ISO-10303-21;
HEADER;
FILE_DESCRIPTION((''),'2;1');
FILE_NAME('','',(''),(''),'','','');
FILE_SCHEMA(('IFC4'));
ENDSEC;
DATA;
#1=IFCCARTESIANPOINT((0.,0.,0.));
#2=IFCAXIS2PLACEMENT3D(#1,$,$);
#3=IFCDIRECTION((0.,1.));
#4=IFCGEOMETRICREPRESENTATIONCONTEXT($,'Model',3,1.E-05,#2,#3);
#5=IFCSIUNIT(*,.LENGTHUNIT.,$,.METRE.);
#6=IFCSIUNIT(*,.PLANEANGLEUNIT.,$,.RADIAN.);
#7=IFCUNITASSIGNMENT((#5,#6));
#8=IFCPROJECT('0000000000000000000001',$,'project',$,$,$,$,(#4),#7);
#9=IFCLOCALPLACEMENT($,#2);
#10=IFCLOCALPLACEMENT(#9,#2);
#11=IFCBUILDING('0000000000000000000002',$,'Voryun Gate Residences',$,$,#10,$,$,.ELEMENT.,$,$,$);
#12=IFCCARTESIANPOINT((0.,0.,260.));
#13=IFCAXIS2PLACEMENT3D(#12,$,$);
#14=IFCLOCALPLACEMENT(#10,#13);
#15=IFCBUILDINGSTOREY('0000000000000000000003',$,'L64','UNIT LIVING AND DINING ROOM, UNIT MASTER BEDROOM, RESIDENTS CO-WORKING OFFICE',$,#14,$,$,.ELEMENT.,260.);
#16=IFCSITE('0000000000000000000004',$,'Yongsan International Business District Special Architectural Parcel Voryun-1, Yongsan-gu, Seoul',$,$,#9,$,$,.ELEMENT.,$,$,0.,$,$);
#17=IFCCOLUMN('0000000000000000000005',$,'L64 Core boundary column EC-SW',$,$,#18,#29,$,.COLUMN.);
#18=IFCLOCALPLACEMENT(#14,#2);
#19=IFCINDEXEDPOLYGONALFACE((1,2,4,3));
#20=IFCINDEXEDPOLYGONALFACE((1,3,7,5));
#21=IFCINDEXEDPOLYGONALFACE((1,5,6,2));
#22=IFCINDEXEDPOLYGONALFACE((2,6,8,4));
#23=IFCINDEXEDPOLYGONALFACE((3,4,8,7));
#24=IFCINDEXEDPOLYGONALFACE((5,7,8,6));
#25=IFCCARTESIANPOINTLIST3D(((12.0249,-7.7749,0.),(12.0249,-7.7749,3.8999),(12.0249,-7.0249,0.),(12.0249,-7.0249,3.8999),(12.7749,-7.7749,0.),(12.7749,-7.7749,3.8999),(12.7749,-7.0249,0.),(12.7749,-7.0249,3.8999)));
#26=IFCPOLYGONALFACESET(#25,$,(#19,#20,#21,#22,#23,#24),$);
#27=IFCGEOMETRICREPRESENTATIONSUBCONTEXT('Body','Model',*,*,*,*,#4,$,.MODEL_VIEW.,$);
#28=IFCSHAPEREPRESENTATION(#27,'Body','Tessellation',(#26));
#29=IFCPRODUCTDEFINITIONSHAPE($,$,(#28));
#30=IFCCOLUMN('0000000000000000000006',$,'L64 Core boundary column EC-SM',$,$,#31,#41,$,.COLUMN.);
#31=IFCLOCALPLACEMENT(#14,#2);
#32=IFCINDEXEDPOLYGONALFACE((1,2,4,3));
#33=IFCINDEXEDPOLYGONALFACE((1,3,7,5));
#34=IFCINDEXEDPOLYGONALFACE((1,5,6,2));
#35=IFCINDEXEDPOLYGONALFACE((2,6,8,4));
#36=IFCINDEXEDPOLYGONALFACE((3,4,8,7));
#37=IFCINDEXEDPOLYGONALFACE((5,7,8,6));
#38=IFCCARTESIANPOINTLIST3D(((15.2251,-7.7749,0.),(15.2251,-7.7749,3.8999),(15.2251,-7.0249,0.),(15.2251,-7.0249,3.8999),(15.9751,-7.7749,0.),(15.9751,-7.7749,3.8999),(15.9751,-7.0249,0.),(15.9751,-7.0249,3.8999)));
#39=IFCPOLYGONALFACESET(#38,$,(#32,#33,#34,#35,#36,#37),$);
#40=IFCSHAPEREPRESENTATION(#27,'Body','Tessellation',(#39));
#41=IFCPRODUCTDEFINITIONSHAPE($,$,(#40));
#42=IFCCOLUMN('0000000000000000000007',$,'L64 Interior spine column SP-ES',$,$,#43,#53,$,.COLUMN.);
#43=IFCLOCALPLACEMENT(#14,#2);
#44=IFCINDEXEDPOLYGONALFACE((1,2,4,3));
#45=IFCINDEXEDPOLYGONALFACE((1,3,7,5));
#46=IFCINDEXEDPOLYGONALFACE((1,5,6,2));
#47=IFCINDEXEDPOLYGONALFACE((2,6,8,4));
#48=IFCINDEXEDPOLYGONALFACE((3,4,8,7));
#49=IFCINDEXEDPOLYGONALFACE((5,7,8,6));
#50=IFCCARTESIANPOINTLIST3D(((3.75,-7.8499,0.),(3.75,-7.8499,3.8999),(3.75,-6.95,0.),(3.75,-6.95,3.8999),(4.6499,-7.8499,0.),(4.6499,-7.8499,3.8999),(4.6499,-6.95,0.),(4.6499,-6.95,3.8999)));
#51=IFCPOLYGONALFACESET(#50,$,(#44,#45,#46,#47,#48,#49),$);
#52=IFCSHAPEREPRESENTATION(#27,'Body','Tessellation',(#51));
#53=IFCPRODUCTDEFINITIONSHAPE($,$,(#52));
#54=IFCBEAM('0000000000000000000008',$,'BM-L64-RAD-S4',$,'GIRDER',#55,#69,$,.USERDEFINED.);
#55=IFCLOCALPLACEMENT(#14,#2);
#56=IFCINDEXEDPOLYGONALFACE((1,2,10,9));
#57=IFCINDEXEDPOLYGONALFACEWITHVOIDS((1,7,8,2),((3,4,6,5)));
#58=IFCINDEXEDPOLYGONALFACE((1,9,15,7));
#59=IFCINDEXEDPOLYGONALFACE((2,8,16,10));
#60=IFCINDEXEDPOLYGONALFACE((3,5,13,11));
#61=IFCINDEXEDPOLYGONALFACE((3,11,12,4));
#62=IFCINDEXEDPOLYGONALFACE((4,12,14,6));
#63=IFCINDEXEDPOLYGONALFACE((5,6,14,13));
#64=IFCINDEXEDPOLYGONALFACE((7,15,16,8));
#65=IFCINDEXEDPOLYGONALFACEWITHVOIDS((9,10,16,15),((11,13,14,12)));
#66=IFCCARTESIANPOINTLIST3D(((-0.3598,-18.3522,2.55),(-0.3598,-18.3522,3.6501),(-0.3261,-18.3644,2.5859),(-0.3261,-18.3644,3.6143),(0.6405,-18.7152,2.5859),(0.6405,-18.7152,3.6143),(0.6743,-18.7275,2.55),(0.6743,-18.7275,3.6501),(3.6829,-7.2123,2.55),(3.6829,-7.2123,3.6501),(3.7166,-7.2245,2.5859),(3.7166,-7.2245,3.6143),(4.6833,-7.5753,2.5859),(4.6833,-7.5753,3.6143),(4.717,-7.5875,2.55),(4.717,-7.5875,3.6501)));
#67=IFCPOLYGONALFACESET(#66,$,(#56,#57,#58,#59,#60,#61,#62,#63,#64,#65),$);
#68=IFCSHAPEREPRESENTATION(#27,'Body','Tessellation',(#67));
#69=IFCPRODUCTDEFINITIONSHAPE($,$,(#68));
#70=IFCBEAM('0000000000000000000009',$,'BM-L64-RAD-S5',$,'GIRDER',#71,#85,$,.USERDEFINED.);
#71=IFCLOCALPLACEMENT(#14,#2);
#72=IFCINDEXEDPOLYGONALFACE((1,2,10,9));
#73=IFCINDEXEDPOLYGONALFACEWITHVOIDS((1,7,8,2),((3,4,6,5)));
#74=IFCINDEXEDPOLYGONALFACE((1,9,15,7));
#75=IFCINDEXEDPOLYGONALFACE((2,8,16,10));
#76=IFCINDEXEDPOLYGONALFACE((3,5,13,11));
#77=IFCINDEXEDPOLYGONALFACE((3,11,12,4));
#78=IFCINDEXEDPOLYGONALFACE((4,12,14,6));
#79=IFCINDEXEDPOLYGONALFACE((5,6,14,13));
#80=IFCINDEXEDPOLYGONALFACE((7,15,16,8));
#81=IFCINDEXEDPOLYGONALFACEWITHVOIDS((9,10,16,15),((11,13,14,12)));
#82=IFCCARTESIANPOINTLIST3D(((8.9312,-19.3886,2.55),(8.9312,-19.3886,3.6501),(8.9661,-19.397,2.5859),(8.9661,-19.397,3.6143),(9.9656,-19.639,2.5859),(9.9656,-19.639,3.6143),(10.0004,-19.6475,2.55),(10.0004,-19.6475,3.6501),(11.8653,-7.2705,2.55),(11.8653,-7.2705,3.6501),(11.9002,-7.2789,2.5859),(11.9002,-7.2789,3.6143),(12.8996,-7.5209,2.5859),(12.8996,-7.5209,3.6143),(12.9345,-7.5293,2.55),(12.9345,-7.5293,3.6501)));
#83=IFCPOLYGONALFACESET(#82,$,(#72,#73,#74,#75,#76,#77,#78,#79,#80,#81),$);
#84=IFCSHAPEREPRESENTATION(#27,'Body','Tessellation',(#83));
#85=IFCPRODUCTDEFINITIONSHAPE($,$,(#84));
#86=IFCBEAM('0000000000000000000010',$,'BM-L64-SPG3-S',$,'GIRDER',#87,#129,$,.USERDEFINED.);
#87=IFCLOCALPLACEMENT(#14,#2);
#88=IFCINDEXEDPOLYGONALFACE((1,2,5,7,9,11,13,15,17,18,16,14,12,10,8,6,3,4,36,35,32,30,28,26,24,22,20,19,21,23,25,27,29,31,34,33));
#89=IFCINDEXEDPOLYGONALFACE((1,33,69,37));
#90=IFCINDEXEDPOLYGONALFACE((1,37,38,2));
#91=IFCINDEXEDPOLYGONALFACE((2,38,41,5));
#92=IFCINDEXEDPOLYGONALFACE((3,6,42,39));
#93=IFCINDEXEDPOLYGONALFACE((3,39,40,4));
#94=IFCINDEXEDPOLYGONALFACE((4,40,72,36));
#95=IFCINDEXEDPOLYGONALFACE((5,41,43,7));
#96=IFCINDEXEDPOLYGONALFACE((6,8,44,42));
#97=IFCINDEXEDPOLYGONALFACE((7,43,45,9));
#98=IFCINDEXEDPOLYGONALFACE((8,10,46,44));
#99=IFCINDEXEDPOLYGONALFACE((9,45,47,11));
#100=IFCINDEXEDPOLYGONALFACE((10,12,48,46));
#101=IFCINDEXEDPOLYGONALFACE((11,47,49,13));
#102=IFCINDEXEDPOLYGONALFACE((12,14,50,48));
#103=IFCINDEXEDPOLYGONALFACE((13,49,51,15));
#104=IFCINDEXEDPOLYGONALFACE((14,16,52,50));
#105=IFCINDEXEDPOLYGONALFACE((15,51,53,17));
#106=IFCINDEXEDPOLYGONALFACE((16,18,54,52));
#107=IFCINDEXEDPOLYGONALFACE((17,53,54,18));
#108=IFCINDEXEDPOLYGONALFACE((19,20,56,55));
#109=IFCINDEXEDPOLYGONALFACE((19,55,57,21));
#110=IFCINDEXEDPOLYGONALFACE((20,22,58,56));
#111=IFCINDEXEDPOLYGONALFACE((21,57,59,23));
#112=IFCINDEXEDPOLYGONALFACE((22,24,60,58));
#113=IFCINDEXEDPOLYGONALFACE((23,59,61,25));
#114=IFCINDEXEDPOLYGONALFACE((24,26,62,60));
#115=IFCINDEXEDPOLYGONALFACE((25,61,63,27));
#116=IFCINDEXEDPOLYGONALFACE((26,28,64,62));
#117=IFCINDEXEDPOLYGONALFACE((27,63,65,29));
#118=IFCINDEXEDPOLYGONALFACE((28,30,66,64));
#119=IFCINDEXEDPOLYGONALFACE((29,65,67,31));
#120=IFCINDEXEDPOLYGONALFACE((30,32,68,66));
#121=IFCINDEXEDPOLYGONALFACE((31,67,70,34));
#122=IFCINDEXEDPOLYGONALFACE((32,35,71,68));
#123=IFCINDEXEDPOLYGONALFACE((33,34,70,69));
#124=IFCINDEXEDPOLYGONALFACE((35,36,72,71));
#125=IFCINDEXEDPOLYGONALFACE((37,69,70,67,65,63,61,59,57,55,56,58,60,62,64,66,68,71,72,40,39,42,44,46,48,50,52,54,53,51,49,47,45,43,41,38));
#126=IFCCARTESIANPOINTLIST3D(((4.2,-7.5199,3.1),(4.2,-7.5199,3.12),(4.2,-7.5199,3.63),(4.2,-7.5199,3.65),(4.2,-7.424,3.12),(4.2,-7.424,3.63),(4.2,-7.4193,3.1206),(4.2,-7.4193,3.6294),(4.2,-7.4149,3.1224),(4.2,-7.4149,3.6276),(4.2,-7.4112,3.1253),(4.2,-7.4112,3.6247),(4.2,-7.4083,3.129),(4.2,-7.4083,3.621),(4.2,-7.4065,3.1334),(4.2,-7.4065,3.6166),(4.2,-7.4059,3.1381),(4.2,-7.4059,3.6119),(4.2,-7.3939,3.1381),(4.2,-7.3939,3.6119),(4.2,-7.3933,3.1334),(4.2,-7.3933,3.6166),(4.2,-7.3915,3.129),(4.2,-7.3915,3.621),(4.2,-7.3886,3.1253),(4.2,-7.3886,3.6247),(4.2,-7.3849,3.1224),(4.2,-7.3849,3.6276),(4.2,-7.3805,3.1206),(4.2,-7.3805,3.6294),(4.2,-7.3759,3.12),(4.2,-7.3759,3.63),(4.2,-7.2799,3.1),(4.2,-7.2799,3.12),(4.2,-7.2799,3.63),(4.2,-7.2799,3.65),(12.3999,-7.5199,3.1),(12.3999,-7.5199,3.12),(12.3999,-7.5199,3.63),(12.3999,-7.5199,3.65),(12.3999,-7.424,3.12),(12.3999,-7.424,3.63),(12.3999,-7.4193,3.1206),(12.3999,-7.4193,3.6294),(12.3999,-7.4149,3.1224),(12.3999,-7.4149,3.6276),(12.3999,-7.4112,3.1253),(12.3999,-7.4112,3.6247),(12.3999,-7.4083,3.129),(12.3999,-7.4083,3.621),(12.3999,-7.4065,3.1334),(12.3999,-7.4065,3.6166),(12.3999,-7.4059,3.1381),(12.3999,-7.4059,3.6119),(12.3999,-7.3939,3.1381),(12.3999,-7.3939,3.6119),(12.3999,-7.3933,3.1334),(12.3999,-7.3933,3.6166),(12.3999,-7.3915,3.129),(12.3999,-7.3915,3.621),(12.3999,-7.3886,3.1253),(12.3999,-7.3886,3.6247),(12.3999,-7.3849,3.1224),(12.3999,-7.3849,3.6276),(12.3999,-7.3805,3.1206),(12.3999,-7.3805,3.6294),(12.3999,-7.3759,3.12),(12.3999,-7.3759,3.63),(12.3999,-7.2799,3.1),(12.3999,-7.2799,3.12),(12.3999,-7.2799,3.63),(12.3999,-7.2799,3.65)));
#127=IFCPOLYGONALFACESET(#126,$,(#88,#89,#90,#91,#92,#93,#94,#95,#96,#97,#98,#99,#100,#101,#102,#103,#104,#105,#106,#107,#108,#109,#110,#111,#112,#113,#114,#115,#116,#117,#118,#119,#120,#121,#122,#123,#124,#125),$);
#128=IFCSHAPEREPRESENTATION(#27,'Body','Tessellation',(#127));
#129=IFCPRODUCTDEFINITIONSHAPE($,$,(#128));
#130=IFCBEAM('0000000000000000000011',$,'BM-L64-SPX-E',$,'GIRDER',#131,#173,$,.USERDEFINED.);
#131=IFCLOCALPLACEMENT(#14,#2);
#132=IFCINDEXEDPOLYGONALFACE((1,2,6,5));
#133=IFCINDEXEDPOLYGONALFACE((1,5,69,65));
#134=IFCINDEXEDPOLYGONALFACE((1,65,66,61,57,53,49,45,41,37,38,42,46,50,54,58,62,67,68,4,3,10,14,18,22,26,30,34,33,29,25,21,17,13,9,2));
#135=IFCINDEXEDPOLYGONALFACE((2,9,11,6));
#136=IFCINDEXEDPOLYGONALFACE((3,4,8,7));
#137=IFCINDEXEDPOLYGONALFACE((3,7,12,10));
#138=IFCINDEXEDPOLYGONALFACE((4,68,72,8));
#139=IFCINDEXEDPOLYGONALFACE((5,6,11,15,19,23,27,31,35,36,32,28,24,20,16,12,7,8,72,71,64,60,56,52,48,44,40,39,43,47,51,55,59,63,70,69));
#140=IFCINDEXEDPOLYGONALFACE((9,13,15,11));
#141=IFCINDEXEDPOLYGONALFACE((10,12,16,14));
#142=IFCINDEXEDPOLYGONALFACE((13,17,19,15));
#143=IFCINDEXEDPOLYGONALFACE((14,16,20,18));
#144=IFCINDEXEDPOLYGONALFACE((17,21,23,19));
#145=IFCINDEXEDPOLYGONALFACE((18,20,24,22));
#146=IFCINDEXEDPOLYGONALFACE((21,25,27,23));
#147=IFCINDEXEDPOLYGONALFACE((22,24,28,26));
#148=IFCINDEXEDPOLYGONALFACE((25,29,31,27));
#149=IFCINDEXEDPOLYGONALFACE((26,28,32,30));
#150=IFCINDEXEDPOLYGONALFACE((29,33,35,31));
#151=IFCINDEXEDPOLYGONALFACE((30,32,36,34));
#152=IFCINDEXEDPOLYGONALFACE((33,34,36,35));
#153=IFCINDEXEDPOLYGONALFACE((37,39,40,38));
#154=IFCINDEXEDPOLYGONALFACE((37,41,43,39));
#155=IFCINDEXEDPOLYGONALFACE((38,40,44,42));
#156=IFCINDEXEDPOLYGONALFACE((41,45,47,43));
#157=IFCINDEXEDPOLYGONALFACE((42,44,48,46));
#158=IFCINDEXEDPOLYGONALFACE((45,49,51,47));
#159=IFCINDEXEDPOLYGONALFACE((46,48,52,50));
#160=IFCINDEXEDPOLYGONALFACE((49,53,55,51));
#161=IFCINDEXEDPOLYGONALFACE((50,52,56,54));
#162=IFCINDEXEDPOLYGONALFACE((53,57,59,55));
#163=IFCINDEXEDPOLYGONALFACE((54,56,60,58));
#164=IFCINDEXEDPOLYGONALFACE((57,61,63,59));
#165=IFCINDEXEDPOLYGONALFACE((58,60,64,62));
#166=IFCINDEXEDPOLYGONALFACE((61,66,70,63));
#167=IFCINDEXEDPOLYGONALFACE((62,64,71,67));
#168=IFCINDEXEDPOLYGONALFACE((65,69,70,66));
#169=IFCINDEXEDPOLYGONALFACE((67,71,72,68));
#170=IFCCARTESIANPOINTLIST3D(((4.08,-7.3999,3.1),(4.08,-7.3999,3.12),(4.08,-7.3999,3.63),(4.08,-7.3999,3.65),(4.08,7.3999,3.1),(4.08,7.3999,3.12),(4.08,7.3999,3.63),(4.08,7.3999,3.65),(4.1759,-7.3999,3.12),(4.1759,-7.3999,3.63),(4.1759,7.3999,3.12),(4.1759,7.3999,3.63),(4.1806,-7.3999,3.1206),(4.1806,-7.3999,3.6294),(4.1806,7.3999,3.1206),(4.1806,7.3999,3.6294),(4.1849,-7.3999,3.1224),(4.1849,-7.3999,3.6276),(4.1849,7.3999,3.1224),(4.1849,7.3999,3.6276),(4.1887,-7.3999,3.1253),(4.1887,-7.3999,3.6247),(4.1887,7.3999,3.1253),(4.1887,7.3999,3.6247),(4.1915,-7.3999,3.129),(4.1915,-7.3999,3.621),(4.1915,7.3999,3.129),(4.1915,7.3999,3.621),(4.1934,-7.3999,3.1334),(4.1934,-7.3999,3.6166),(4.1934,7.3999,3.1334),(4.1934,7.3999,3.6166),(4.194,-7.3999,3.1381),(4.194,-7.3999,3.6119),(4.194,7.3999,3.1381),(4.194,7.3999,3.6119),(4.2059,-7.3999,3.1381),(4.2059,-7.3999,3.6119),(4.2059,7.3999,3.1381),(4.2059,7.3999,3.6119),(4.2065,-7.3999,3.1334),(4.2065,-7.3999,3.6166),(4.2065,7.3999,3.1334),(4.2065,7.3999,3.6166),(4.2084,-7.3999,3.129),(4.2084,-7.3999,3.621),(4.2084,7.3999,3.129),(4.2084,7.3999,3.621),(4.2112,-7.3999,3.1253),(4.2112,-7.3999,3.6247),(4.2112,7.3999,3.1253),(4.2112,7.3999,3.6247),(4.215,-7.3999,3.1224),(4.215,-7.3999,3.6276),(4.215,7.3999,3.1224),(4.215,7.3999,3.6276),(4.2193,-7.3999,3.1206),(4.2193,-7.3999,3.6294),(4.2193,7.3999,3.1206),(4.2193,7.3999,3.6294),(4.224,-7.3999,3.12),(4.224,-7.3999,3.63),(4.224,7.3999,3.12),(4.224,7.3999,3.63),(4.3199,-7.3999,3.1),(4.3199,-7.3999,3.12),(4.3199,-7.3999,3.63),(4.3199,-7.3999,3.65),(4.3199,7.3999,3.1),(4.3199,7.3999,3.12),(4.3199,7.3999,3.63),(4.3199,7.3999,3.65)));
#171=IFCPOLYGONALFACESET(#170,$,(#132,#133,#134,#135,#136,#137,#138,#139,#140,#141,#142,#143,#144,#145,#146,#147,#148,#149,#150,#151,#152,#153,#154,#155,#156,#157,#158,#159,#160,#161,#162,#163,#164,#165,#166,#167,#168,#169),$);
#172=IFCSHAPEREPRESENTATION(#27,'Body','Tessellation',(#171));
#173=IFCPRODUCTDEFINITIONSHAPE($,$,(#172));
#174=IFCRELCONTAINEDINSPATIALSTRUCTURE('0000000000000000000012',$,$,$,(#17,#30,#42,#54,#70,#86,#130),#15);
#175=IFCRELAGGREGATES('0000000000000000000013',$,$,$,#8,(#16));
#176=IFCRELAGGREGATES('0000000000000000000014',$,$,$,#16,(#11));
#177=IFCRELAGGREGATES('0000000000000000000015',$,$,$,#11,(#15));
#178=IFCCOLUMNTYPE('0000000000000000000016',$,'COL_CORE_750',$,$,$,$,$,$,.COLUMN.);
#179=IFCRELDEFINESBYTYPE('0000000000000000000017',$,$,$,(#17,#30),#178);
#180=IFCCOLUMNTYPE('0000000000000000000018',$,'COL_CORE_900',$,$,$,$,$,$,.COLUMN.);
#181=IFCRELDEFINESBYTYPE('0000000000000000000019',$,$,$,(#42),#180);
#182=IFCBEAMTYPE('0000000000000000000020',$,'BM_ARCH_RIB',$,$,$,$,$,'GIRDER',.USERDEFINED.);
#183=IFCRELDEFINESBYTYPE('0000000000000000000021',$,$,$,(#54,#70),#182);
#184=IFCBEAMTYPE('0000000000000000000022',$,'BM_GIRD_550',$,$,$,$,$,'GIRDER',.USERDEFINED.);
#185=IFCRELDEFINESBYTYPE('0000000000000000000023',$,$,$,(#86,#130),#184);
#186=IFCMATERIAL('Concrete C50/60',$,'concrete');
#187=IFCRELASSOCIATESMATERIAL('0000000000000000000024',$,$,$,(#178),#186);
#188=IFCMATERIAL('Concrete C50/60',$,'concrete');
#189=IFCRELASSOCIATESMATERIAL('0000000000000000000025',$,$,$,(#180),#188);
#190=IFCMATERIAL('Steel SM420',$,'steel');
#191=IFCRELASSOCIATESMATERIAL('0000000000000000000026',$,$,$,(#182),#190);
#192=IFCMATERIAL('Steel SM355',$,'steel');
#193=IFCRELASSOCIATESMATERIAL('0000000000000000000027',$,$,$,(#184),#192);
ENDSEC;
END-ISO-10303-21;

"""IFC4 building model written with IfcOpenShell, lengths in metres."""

from ifc_helpers import new_model, si_unit, direction, frame, origin, origin_2d, place, context, subcontext, project, spatial, rectangle, hollow_rectangle, i_section, extrude, material, material_profile, profile_set, type_object, element, save


model = new_model("IFC4")

# Units and contexts
model_context = context("Model", 3, precision=1e-05, world=origin(), true_north=direction((0.0, 1.0)))
body_context = subcontext(model_context, "Body", "Model", "MODEL_VIEW")
ifc_project = project(units=[si_unit("LENGTHUNIT", "METRE"), si_unit("PLANEANGLEUNIT", "RADIAN")], contexts=[model_context])

# Site, building, storey
site_placement = place(None, origin())
site = spatial("IfcSite", under=ifc_project, at=site_placement, Name="Yongsan International Business District Special Architectural Parcel Voryun-1, Yongsan-gu, Seoul", CompositionType="ELEMENT", RefElevation=0.0)
building_placement = place(site_placement, origin())
building = spatial("IfcBuilding", under=site, at=building_placement, Name="Voryun Gate Residences", CompositionType="ELEMENT")
storey_placement = place(building_placement, frame((0.0, 0.0, 260.0)))
storey = spatial("IfcBuildingStorey", under=building, at=storey_placement, Name="L64", Description="UNIT LIVING AND DINING ROOM, UNIT MASTER BEDROOM, RESIDENTS CO-WORKING OFFICE", CompositionType="ELEMENT", Elevation=260.0)

# Columns
ifc_material_1 = material(Name="Concrete C50/60", Category="concrete")
ifc_material_profile_1 = material_profile(ifc_material_1, rectangle(XDim=0.75, YDim=0.75, at=origin_2d()), Name="RC-750x750")
ifc_profile_set_1 = profile_set([ifc_material_profile_1], Name="Concrete C50/60")
column_type_1 = type_object("IfcColumnType", Name="COL_CORE_750", PredefinedType="COLUMN", material=ifc_profile_set_1)
for number, where, z_axis, x_axis, name in (
    (1, (12.3999, -7.3999, 0.0), (0.0, 0.0, 1.0), (1.0, 0.0, 0.0), "L64 Core boundary column EC-SW"),
    (2, (15.6001, -7.3999, 0.0), (0.0, 0.0, 1.0), (1.0, 0.0, 0.0), "L64 Core boundary column EC-SM"),
):
    element("IfcColumn", number, at=place(storey_placement, frame(where, z_axis=z_axis, x_axis=x_axis)), inside=storey, type_object=column_type_1, Name=name, PredefinedType="COLUMN", context=body_context, shape_type="SweptSolid", body=[
        extrude(rectangle(XDim=0.75, YDim=0.75, at=origin_2d()), origin(), (0.0, 0.0, 1.0), 3.8999),
    ])
ifc_material_2 = material(Name="Concrete C50/60", Category="concrete")
ifc_material_profile_2 = material_profile(ifc_material_2, rectangle(XDim=0.8999, YDim=0.8999, at=origin_2d()), Name="RC-900x900")
ifc_profile_set_2 = profile_set([ifc_material_profile_2], Name="Concrete C50/60")
column_type_2 = type_object("IfcColumnType", Name="COL_CORE_900", PredefinedType="COLUMN", material=ifc_profile_set_2)
column_placement = place(storey_placement, frame((4.2, -7.3999, 0.0), z_axis=(0.0, 0.0, 1.0), x_axis=(1.0, 0.0, 0.0)))
element("IfcColumn", 3, at=column_placement, inside=storey, type_object=column_type_2, Name="L64 Interior spine column SP-ES", PredefinedType="COLUMN", context=body_context, shape_type="SweptSolid", body=[
    extrude(rectangle(XDim=0.8999, YDim=0.8999, at=origin_2d()), origin(), (0.0, 0.0, 1.0), 3.8999),
])

# Beams
ifc_material_3 = material(Name="Steel SM420", Category="steel")
ifc_material_profile_3 = material_profile(ifc_material_3, hollow_rectangle(XDim=1.1001, YDim=1.1001, WallThickness=0.0359, at=origin_2d()), Name="BOX-1100x1100x36")
ifc_profile_set_3 = profile_set([ifc_material_profile_3], Name="Steel SM420")
beam_type_1 = type_object("IfcBeamType", Name="BM_ARCH_RIB", ElementType="GIRDER", PredefinedType="USERDEFINED", material=ifc_profile_set_3)
beam_1_placement = place(storey_placement, frame((4.2, -7.3999, 3.1001), z_axis=(-0.341136, -0.940014, 0.0), x_axis=(0.940014, -0.341136, 0.0)))
element("IfcBeam", 4, at=beam_1_placement, inside=storey, type_object=beam_type_1, Name="BM-L64-RAD-S4", ObjectType="GIRDER", PredefinedType="USERDEFINED", context=body_context, shape_type="SweptSolid", body=[
    extrude(hollow_rectangle(XDim=1.1001, YDim=1.1001, WallThickness=0.0359, at=origin_2d()), origin(), (0.0, 0.0, 1.0), 11.8508),
])
beam_2_placement = place(storey_placement, frame((12.3999, -7.3999, 3.1001), z_axis=(-0.235323, -0.971917, 0.0), x_axis=(0.971917, -0.235323, 0.0)))
element("IfcBeam", 5, at=beam_2_placement, inside=storey, type_object=beam_type_1, Name="BM-L64-RAD-S5", ObjectType="GIRDER", PredefinedType="USERDEFINED", context=body_context, shape_type="SweptSolid", body=[
    extrude(hollow_rectangle(XDim=1.1001, YDim=1.1001, WallThickness=0.0359, at=origin_2d()), origin(), (0.0, 0.0, 1.0), 12.4683),
])
ifc_material_4 = material(Name="Steel SM355", Category="steel")
ifc_material_profile_4 = material_profile(ifc_material_4, i_section(OverallWidth=0.24, OverallDepth=0.55, WebThickness=0.012, FlangeThickness=0.02, FilletRadius=0.0181, at=origin_2d()), Name="H-550x240x12x20")
ifc_profile_set_4 = profile_set([ifc_material_profile_4], Name="Steel SM355")
beam_type_2 = type_object("IfcBeamType", Name="BM_GIRD_550", ElementType="GIRDER", PredefinedType="USERDEFINED", material=ifc_profile_set_4)
beam_3_placement = place(storey_placement, frame((4.2, -7.3999, 3.375), z_axis=(1.0, 0.0, 0.0), x_axis=(0.0, 1.0, 0.0)))
element("IfcBeam", 6, at=beam_3_placement, inside=storey, type_object=beam_type_2, Name="BM-L64-SPG3-S", ObjectType="GIRDER", PredefinedType="USERDEFINED", context=body_context, shape_type="SweptSolid", body=[
    extrude(i_section(OverallWidth=0.24, OverallDepth=0.55, WebThickness=0.012, FlangeThickness=0.02, FilletRadius=0.0181, at=origin_2d()), origin(), (0.0, 0.0, 1.0), 8.2),
])
beam_4_placement = place(storey_placement, frame((4.2, -7.3999, 3.375), z_axis=(0.0, 1.0, 0.0), x_axis=(-1.0, 0.0, 0.0)))
element("IfcBeam", 7, at=beam_4_placement, inside=storey, type_object=beam_type_2, Name="BM-L64-SPX-E", ObjectType="GIRDER", PredefinedType="USERDEFINED", context=body_context, shape_type="SweptSolid", body=[
    extrude(i_section(OverallWidth=0.24, OverallDepth=0.55, WebThickness=0.012, FlangeThickness=0.02, FilletRadius=0.0181, at=origin_2d()), origin(), (0.0, 0.0, 1.0), 14.7998),
])

save(model, "model.ifc")
